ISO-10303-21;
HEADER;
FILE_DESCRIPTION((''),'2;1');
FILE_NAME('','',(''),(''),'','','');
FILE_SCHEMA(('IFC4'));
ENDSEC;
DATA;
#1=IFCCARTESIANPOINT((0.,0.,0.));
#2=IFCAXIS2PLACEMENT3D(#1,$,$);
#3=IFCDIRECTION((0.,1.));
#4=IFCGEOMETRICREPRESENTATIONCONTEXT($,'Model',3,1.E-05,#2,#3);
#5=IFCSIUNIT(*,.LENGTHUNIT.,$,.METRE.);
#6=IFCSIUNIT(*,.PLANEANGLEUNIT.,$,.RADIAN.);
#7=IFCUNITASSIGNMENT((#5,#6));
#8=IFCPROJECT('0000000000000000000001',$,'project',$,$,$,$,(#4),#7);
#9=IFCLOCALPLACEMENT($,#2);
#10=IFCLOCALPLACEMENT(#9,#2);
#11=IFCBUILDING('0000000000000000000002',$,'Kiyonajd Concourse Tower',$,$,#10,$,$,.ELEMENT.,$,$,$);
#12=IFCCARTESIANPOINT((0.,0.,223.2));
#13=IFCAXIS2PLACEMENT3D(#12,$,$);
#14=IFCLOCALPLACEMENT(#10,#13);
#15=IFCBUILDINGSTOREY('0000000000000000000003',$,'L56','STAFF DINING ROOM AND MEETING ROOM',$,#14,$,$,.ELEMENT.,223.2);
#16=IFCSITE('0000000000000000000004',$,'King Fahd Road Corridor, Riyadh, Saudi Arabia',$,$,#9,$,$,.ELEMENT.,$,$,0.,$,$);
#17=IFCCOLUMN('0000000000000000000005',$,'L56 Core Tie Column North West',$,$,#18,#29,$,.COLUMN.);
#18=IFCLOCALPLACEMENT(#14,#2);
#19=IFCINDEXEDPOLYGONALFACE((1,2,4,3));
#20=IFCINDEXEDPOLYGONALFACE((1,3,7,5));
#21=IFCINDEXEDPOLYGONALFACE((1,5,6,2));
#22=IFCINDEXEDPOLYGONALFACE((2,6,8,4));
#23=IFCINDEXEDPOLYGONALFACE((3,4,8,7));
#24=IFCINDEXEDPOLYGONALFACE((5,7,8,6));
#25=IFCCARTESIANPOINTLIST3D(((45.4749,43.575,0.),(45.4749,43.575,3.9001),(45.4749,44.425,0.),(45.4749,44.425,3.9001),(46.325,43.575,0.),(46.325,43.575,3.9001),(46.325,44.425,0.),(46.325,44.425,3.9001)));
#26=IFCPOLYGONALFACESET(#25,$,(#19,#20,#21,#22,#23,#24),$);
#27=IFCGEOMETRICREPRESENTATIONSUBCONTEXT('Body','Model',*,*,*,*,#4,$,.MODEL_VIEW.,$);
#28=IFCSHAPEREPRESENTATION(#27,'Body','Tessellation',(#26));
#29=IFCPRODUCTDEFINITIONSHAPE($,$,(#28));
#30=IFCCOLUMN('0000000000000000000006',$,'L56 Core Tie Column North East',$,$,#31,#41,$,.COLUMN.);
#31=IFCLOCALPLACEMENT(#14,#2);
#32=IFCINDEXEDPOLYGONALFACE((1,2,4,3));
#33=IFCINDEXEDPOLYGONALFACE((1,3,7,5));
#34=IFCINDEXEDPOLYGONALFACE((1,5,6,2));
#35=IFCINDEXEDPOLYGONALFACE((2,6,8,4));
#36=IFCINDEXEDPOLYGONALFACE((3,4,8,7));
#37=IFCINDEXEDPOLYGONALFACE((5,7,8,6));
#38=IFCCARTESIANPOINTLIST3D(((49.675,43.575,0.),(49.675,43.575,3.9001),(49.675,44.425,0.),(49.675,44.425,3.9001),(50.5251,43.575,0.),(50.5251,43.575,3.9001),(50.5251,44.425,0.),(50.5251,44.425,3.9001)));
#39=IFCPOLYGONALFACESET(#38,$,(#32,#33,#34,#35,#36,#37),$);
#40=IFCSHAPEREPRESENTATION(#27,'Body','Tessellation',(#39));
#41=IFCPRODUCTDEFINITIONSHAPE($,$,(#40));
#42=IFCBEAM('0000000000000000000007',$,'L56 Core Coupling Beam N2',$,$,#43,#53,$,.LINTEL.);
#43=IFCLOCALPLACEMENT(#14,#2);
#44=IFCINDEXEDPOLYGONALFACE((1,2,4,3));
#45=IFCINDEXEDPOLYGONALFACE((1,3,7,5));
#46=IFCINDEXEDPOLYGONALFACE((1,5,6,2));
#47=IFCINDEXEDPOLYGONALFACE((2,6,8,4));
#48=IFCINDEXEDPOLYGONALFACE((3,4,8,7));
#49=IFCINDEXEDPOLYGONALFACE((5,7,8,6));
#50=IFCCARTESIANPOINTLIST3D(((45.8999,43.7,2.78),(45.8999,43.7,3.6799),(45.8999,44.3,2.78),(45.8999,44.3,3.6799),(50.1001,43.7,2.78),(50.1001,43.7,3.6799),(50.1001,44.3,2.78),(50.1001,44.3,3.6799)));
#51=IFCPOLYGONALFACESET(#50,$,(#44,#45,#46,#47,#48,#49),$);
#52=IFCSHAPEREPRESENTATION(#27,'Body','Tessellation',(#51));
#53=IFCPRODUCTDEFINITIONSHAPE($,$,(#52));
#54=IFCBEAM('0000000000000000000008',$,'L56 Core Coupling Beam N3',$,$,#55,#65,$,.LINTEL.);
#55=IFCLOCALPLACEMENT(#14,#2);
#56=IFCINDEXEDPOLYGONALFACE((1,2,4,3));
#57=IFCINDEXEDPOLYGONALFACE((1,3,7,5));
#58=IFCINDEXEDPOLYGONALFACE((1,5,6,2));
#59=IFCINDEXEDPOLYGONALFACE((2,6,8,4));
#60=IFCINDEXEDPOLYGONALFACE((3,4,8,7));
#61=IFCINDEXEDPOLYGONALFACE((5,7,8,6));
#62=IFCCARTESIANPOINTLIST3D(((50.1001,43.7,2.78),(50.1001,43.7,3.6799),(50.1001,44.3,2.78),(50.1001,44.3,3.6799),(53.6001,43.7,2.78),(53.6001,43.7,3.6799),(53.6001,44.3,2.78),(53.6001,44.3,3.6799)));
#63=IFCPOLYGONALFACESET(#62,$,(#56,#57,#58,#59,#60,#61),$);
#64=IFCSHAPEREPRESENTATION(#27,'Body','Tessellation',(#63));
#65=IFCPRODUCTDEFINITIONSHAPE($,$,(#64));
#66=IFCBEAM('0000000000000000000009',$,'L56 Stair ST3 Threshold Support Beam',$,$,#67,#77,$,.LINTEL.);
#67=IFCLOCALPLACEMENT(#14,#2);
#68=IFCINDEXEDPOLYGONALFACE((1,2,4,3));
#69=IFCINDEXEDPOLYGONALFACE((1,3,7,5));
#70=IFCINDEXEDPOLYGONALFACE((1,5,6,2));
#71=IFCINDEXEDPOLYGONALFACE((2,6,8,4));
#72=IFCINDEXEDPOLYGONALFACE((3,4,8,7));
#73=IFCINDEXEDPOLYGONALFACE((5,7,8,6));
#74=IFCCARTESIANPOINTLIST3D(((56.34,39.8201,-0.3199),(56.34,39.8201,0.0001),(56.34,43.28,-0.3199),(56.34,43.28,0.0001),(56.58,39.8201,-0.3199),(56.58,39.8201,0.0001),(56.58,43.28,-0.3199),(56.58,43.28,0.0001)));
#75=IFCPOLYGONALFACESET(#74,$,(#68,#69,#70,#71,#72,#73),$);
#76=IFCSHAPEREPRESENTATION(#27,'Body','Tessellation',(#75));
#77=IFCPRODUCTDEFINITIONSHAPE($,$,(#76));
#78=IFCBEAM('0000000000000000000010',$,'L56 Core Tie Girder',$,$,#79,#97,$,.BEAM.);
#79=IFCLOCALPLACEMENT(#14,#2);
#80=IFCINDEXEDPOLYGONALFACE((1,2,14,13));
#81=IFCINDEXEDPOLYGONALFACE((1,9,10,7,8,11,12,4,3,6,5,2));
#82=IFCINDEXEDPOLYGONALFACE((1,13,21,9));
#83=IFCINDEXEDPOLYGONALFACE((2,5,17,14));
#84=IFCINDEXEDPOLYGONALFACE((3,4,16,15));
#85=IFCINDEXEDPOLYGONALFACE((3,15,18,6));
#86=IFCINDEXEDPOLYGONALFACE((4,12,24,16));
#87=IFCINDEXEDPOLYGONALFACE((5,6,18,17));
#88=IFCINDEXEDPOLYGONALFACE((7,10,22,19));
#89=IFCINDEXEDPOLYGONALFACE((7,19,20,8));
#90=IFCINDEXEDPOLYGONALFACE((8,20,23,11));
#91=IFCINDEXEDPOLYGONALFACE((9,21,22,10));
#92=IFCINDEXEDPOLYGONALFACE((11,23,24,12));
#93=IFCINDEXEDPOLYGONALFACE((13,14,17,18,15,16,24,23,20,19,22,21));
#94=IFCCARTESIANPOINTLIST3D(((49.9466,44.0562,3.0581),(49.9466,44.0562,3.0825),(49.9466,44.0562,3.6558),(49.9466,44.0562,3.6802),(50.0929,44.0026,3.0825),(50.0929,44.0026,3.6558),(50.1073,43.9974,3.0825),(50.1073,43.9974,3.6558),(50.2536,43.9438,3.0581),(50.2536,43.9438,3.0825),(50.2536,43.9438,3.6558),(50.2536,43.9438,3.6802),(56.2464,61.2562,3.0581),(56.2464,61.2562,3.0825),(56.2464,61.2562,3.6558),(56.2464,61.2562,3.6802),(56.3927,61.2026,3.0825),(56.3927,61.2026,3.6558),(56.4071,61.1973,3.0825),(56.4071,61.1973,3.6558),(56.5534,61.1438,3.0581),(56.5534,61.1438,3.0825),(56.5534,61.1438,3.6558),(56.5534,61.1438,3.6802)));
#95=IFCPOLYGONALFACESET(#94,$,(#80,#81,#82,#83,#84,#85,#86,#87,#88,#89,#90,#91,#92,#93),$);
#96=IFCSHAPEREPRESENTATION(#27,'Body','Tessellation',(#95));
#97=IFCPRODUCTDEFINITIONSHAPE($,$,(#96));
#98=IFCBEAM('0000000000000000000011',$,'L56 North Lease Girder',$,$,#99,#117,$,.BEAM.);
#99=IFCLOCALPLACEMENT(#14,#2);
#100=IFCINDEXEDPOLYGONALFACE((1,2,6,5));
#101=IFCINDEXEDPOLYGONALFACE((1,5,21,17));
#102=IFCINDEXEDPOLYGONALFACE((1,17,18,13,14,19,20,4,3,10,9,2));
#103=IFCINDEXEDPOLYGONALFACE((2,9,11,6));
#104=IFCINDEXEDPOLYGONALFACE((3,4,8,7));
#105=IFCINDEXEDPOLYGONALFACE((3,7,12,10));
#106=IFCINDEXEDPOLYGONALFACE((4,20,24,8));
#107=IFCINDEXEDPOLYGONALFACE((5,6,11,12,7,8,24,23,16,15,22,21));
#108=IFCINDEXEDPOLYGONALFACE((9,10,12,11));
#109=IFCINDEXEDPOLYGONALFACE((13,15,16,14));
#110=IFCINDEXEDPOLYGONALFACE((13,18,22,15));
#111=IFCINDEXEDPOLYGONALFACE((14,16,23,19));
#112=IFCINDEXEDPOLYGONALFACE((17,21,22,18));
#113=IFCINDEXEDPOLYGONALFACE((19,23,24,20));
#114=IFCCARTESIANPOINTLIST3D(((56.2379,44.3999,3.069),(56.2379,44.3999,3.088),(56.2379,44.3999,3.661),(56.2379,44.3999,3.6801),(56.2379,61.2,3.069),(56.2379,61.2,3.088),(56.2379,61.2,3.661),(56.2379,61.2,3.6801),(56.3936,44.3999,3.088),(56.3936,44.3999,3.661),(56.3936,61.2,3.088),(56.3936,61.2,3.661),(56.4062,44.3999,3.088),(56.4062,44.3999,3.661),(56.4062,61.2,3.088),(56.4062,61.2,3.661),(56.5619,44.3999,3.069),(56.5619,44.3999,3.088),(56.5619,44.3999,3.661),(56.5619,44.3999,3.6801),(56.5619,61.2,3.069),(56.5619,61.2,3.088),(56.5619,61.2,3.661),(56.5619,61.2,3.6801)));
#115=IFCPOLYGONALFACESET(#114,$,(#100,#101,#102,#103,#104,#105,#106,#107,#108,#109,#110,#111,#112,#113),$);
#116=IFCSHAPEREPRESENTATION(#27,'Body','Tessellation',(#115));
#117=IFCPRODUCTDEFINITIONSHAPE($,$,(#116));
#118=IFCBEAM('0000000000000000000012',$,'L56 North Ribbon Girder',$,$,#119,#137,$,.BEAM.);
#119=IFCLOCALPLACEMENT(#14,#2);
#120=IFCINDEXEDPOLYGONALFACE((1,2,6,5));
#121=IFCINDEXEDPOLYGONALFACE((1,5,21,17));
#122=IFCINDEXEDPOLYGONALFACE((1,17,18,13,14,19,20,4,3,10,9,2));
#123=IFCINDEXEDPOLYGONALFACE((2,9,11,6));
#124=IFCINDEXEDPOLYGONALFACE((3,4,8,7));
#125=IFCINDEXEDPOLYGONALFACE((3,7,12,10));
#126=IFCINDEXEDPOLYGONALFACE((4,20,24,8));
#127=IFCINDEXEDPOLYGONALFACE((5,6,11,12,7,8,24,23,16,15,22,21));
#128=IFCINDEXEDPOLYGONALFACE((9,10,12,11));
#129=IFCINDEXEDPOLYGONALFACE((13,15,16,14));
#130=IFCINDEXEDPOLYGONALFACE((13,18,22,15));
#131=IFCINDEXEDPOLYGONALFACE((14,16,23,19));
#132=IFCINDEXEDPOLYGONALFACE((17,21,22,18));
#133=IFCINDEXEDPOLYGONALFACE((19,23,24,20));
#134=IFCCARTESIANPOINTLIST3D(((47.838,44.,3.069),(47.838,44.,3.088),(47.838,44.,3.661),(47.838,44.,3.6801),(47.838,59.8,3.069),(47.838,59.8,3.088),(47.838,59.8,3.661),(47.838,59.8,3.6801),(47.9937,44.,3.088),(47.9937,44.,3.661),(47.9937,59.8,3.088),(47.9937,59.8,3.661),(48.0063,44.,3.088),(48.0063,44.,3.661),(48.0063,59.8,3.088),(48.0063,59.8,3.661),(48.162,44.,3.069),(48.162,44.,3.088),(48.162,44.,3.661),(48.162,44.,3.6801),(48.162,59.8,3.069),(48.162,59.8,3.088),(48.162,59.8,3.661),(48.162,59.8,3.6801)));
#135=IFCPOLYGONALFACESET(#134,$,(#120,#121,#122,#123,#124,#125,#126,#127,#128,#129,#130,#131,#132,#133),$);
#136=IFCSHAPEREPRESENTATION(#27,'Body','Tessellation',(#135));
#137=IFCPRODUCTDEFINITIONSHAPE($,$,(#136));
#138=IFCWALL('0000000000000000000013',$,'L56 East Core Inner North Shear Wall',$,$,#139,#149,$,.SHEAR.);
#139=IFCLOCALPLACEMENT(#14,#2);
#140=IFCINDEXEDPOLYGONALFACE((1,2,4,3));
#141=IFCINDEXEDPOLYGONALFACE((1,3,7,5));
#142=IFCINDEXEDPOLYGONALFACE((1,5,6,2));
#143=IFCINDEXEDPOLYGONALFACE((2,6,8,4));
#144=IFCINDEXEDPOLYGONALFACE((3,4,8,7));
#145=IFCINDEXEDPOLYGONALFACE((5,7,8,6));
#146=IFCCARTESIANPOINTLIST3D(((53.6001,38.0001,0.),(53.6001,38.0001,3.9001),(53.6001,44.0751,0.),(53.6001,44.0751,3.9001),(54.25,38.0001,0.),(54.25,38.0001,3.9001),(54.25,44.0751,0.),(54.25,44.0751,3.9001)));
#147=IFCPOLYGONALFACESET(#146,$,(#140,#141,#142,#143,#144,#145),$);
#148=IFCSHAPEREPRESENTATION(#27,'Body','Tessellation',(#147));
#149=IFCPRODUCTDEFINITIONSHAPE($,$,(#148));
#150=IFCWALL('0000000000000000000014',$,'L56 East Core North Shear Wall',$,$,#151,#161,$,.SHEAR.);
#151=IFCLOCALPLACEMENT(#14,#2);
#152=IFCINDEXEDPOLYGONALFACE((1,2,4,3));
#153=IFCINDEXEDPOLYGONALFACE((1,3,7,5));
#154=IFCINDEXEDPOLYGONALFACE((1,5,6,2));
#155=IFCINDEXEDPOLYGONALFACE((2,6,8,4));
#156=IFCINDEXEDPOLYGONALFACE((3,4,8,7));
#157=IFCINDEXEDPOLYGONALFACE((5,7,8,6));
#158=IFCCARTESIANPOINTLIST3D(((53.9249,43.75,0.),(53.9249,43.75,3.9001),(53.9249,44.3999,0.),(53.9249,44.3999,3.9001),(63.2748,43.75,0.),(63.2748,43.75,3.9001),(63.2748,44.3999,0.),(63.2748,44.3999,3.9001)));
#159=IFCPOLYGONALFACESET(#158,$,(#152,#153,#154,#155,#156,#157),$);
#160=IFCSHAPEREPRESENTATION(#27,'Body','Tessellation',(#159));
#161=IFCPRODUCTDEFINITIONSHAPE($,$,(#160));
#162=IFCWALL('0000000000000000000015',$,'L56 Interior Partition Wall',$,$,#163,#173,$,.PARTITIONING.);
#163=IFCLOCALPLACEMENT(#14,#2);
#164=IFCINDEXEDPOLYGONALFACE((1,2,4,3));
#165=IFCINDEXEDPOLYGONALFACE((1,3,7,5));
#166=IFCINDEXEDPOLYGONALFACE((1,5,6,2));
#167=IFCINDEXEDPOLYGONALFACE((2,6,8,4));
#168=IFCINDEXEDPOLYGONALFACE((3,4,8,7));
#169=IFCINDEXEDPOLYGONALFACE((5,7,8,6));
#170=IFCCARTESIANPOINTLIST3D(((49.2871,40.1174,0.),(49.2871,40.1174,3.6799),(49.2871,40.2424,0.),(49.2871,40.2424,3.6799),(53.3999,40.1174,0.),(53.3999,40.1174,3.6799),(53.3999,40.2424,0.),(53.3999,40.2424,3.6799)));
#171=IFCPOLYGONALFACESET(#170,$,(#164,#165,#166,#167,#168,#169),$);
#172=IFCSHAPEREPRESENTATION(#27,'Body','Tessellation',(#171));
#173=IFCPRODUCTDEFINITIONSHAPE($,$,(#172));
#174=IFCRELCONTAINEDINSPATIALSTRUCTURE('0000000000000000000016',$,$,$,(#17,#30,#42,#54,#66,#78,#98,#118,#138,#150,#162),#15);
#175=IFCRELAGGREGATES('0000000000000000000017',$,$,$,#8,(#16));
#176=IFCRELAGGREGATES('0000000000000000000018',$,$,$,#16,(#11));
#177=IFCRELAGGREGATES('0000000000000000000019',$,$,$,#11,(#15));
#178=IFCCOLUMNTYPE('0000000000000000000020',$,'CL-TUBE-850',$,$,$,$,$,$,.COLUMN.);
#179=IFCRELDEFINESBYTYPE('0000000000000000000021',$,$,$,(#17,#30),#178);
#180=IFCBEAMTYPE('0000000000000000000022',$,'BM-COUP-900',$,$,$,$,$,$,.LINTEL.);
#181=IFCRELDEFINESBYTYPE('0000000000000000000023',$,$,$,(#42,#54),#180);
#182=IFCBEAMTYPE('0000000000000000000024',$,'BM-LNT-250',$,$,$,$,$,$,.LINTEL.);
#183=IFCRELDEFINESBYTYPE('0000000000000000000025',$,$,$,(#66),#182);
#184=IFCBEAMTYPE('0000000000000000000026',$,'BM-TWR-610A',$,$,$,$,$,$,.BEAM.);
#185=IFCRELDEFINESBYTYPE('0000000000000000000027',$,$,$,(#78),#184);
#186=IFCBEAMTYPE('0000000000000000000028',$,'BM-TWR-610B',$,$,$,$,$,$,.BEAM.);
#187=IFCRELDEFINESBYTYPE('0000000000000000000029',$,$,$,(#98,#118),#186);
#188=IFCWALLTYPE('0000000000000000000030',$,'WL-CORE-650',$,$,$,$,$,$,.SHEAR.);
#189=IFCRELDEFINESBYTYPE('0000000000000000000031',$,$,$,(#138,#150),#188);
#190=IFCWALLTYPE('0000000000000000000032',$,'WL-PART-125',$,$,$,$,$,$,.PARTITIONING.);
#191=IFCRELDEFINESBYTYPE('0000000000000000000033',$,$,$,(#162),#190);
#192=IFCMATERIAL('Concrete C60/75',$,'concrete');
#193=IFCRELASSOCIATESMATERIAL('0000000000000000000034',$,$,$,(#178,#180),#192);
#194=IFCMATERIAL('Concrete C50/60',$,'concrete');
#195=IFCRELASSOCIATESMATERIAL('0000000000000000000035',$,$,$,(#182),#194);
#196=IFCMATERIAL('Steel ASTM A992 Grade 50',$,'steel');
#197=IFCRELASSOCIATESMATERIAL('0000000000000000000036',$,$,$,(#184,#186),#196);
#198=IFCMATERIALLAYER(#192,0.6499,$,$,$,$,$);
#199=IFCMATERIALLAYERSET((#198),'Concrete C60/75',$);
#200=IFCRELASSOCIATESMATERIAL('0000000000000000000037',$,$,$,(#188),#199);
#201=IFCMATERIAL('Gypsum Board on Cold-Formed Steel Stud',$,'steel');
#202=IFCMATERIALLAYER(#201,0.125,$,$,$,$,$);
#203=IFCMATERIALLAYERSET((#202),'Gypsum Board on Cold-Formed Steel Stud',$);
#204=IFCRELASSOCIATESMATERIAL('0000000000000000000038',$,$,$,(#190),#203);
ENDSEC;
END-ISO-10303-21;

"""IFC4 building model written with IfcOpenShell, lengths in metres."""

from ifc_helpers import new_model, si_unit, direction, frame, frame_2d, origin, origin_2d, place, context, subcontext, project, spatial, rectangle, i_section, extrude, material, layer, layer_set, material_profile, profile_set, type_object, element, save


model = new_model("IFC4")

# Units and contexts
model_context = context("Model", 3, precision=1e-05, world=origin(), true_north=direction((0.0, 1.0)))
body_context = subcontext(model_context, "Body", "Model", "MODEL_VIEW")
ifc_project = project(units=[si_unit("LENGTHUNIT", "METRE"), si_unit("PLANEANGLEUNIT", "RADIAN")], contexts=[model_context])

# Site, building, storey
site_placement = place(None, origin())
site = spatial("IfcSite", under=ifc_project, at=site_placement, Name="King Fahd Road Corridor, Riyadh, Saudi Arabia", CompositionType="ELEMENT", RefElevation=0.0)
building_placement = place(site_placement, origin())
building = spatial("IfcBuilding", under=site, at=building_placement, Name="Kiyonajd Concourse Tower", CompositionType="ELEMENT")
storey_placement = place(building_placement, frame((0.0, 0.0, 223.2)))
storey = spatial("IfcBuildingStorey", under=building, at=storey_placement, Name="L56", Description="STAFF DINING ROOM AND MEETING ROOM", CompositionType="ELEMENT", Elevation=223.2)

# Columns
ifc_material_1 = material(Name="Concrete C60/75", Category="concrete")
ifc_material_profile_1 = material_profile(ifc_material_1, rectangle(XDim=0.8501, YDim=0.8501, at=origin_2d()), Name="RC-850x850")
ifc_profile_set_1 = profile_set([ifc_material_profile_1], Name="Concrete C60/75")
column_type = type_object("IfcColumnType", Name="CL-TUBE-850", PredefinedType="COLUMN", material=ifc_profile_set_1)
for number, where, z_axis, x_axis, name in (
    (1, (45.8999, 44.0, 0.0), (0.0, 0.0, 1.0), (1.0, 0.0, 0.0), "L56 Core Tie Column North West"),
    (2, (50.1001, 44.0, 0.0), (0.0, 0.0, 1.0), (1.0, 0.0, 0.0), "L56 Core Tie Column North East"),
):
    element("IfcColumn", number, at=place(storey_placement, frame(where, z_axis=z_axis, x_axis=x_axis)), inside=storey, type_object=column_type, Name=name, PredefinedType="COLUMN", context=body_context, shape_type="SweptSolid", body=[
        extrude(rectangle(XDim=0.8501, YDim=0.8501, at=origin_2d()), origin(), (0.0, 0.0, 1.0), 3.9001),
    ])

# Beams
ifc_material_profile_2 = material_profile(ifc_material_1, rectangle(XDim=0.6001, YDim=0.8999, at=origin_2d()), Name="RCBM-600x900")
ifc_profile_set_2 = profile_set([ifc_material_profile_2], Name="Concrete C60/75")
beam_type_1 = type_object("IfcBeamType", Name="BM-COUP-900", PredefinedType="LINTEL", material=ifc_profile_set_2)
beam_1_placement = place(storey_placement, frame((45.8999, 44.0, 3.23), z_axis=(1.0, 0.0, 0.0), x_axis=(0.0, 1.0, 0.0)))
element("IfcBeam", 3, at=beam_1_placement, inside=storey, type_object=beam_type_1, Name="L56 Core Coupling Beam N2", PredefinedType="LINTEL", context=body_context, shape_type="SweptSolid", body=[
    extrude(rectangle(XDim=0.6001, YDim=0.8999, at=origin_2d()), origin(), (0.0, 0.0, 1.0), 4.2002),
])
beam_2_placement = place(storey_placement, frame((50.1001, 44.0, 3.23), z_axis=(1.0, 0.0, 0.0), x_axis=(0.0, 1.0, 0.0)))
element("IfcBeam", 4, at=beam_2_placement, inside=storey, type_object=beam_type_1, Name="L56 Core Coupling Beam N3", PredefinedType="LINTEL", context=body_context, shape_type="SweptSolid", body=[
    extrude(rectangle(XDim=0.6001, YDim=0.8999, at=origin_2d()), origin(), (0.0, 0.0, 1.0), 3.5),
])
ifc_material_2 = material(Name="Concrete C50/60", Category="concrete")
ifc_material_profile_3 = material_profile(ifc_material_2, rectangle(XDim=0.24, YDim=0.3201, at=origin_2d()), Name="RCBM-240x320")
ifc_profile_set_3 = profile_set([ifc_material_profile_3], Name="Concrete C50/60")
beam_type_2 = type_object("IfcBeamType", Name="BM-LNT-250", PredefinedType="LINTEL", material=ifc_profile_set_3)
beam_3_placement = place(storey_placement, frame((56.46, 39.8201, -0.1599), z_axis=(0.0, 1.0, 0.0), x_axis=(-1.0, 0.0, 0.0)))
element("IfcBeam", 5, at=beam_3_placement, inside=storey, type_object=beam_type_2, Name="L56 Stair ST3 Threshold Support Beam", PredefinedType="LINTEL", context=body_context, shape_type="SweptSolid", body=[
    extrude(rectangle(XDim=0.24, YDim=0.3201, at=origin_2d()), origin(), (0.0, 0.0, 1.0), 3.46),
])
ifc_material_3 = material(Name="Steel ASTM A992 Grade 50", Category="steel")
ifc_material_profile_4 = material_profile(ifc_material_3, i_section(OverallWidth=0.3269, OverallDepth=0.6221, WebThickness=0.0154, FlangeThickness=0.0244, at=origin_2d()), Name="W610X195")
ifc_profile_set_4 = profile_set([ifc_material_profile_4], Name="Steel ASTM A992 Grade 50")
beam_type_3 = type_object("IfcBeamType", Name="BM-TWR-610A", PredefinedType="BEAM", material=ifc_profile_set_4)
beam_4_placement = place(storey_placement, frame((50.1001, 44.0, 3.3691), z_axis=(0.343925, 0.938997, 0.0), x_axis=(-0.938997, 0.343925, 0.0)))
element("IfcBeam", 6, at=beam_4_placement, inside=storey, type_object=beam_type_3, Name="L56 Core Tie Girder", PredefinedType="BEAM", context=body_context, shape_type="SweptSolid", body=[
    extrude(i_section(OverallWidth=0.3269, OverallDepth=0.6221, WebThickness=0.0154, FlangeThickness=0.0244, at=origin_2d()), origin(), (0.0, 0.0, 1.0), 18.3174),
])
ifc_material_profile_5 = material_profile(ifc_material_3, i_section(OverallWidth=0.324, OverallDepth=0.6111, WebThickness=0.0127, FlangeThickness=0.019, at=origin_2d()), Name="W610X155")
ifc_profile_set_5 = profile_set([ifc_material_profile_5], Name="Steel ASTM A992 Grade 50")
beam_type_4 = type_object("IfcBeamType", Name="BM-TWR-610B", PredefinedType="BEAM", material=ifc_profile_set_5)
beam_5_placement = place(storey_placement, frame((56.3999, 44.3999, 3.3745), z_axis=(0.0, 1.0, 0.0), x_axis=(-1.0, 0.0, 0.0)))
element("IfcBeam", 7, at=beam_5_placement, inside=storey, type_object=beam_type_4, Name="L56 North Lease Girder", PredefinedType="BEAM", context=body_context, shape_type="SweptSolid", body=[
    extrude(i_section(OverallWidth=0.324, OverallDepth=0.6111, WebThickness=0.0127, FlangeThickness=0.019, at=origin_2d()), origin(), (0.0, 0.0, 1.0), 16.8),
])
beam_6_placement = place(storey_placement, frame((48.0, 44.0, 3.3745), z_axis=(0.0, 1.0, 0.0), x_axis=(-1.0, 0.0, 0.0)))
element("IfcBeam", 8, at=beam_6_placement, inside=storey, type_object=beam_type_4, Name="L56 North Ribbon Girder", PredefinedType="BEAM", context=body_context, shape_type="SweptSolid", body=[
    extrude(i_section(OverallWidth=0.324, OverallDepth=0.6111, WebThickness=0.0127, FlangeThickness=0.019, at=origin_2d()), origin(), (0.0, 0.0, 1.0), 15.8),
])

# Walls
ifc_layer_1 = layer(ifc_material_1, 0.6499)
ifc_layer_set_1 = layer_set([ifc_layer_1], Name="Concrete C60/75")
wall_type_1 = type_object("IfcWallType", Name="WL-CORE-650", PredefinedType="SHEAR", material=ifc_layer_set_1)
wall_1_placement = place(storey_placement, frame((53.925, 38.0, 0.0), z_axis=(0.0, 0.0, 1.0), x_axis=(0.0, 1.0, 0.0)))
element("IfcWall", 9, at=wall_1_placement, inside=storey, type_object=wall_type_1, Name="L56 East Core Inner North Shear Wall", PredefinedType="SHEAR", context=body_context, shape_type="SweptSolid", body=[
    extrude(rectangle(XDim=6.075, YDim=0.6499, at=frame_2d((3.0376, 0.0))), origin(), (0.0, 0.0, 1.0), 3.9001),
])
wall_2_placement = place(storey_placement, frame((53.925, 44.075, 0.0), z_axis=(0.0, 0.0, 1.0), x_axis=(1.0, 0.0, 0.0)))
element("IfcWall", 10, at=wall_2_placement, inside=storey, type_object=wall_type_1, Name="L56 East Core North Shear Wall", PredefinedType="SHEAR", context=body_context, shape_type="SweptSolid", body=[
    extrude(rectangle(XDim=9.3499, YDim=0.6499, at=frame_2d((4.6748, 0.0))), origin(), (0.0, 0.0, 1.0), 3.9001),
])
ifc_material_4 = material(Name="Gypsum Board on Cold-Formed Steel Stud", Category="steel")
ifc_layer_2 = layer(ifc_material_4, 0.125)
ifc_layer_set_2 = layer_set([ifc_layer_2], Name="Gypsum Board on Cold-Formed Steel Stud")
wall_type_2 = type_object("IfcWallType", Name="WL-PART-125", PredefinedType="PARTITIONING", material=ifc_layer_set_2)
wall_3_placement = place(storey_placement, frame((49.2871, 40.1799, 0.0), z_axis=(0.0, 0.0, 1.0), x_axis=(1.0, 0.0, 0.0)))
element("IfcWall", 11, at=wall_3_placement, inside=storey, type_object=wall_type_2, Name="L56 Interior Partition Wall", PredefinedType="PARTITIONING", context=body_context, shape_type="SweptSolid", body=[
    extrude(rectangle(XDim=4.1128, YDim=0.125, at=frame_2d((2.0564, 0.0))), origin(), (0.0, 0.0, 1.0), 3.6799),
])

save(model, "model.ifc")
